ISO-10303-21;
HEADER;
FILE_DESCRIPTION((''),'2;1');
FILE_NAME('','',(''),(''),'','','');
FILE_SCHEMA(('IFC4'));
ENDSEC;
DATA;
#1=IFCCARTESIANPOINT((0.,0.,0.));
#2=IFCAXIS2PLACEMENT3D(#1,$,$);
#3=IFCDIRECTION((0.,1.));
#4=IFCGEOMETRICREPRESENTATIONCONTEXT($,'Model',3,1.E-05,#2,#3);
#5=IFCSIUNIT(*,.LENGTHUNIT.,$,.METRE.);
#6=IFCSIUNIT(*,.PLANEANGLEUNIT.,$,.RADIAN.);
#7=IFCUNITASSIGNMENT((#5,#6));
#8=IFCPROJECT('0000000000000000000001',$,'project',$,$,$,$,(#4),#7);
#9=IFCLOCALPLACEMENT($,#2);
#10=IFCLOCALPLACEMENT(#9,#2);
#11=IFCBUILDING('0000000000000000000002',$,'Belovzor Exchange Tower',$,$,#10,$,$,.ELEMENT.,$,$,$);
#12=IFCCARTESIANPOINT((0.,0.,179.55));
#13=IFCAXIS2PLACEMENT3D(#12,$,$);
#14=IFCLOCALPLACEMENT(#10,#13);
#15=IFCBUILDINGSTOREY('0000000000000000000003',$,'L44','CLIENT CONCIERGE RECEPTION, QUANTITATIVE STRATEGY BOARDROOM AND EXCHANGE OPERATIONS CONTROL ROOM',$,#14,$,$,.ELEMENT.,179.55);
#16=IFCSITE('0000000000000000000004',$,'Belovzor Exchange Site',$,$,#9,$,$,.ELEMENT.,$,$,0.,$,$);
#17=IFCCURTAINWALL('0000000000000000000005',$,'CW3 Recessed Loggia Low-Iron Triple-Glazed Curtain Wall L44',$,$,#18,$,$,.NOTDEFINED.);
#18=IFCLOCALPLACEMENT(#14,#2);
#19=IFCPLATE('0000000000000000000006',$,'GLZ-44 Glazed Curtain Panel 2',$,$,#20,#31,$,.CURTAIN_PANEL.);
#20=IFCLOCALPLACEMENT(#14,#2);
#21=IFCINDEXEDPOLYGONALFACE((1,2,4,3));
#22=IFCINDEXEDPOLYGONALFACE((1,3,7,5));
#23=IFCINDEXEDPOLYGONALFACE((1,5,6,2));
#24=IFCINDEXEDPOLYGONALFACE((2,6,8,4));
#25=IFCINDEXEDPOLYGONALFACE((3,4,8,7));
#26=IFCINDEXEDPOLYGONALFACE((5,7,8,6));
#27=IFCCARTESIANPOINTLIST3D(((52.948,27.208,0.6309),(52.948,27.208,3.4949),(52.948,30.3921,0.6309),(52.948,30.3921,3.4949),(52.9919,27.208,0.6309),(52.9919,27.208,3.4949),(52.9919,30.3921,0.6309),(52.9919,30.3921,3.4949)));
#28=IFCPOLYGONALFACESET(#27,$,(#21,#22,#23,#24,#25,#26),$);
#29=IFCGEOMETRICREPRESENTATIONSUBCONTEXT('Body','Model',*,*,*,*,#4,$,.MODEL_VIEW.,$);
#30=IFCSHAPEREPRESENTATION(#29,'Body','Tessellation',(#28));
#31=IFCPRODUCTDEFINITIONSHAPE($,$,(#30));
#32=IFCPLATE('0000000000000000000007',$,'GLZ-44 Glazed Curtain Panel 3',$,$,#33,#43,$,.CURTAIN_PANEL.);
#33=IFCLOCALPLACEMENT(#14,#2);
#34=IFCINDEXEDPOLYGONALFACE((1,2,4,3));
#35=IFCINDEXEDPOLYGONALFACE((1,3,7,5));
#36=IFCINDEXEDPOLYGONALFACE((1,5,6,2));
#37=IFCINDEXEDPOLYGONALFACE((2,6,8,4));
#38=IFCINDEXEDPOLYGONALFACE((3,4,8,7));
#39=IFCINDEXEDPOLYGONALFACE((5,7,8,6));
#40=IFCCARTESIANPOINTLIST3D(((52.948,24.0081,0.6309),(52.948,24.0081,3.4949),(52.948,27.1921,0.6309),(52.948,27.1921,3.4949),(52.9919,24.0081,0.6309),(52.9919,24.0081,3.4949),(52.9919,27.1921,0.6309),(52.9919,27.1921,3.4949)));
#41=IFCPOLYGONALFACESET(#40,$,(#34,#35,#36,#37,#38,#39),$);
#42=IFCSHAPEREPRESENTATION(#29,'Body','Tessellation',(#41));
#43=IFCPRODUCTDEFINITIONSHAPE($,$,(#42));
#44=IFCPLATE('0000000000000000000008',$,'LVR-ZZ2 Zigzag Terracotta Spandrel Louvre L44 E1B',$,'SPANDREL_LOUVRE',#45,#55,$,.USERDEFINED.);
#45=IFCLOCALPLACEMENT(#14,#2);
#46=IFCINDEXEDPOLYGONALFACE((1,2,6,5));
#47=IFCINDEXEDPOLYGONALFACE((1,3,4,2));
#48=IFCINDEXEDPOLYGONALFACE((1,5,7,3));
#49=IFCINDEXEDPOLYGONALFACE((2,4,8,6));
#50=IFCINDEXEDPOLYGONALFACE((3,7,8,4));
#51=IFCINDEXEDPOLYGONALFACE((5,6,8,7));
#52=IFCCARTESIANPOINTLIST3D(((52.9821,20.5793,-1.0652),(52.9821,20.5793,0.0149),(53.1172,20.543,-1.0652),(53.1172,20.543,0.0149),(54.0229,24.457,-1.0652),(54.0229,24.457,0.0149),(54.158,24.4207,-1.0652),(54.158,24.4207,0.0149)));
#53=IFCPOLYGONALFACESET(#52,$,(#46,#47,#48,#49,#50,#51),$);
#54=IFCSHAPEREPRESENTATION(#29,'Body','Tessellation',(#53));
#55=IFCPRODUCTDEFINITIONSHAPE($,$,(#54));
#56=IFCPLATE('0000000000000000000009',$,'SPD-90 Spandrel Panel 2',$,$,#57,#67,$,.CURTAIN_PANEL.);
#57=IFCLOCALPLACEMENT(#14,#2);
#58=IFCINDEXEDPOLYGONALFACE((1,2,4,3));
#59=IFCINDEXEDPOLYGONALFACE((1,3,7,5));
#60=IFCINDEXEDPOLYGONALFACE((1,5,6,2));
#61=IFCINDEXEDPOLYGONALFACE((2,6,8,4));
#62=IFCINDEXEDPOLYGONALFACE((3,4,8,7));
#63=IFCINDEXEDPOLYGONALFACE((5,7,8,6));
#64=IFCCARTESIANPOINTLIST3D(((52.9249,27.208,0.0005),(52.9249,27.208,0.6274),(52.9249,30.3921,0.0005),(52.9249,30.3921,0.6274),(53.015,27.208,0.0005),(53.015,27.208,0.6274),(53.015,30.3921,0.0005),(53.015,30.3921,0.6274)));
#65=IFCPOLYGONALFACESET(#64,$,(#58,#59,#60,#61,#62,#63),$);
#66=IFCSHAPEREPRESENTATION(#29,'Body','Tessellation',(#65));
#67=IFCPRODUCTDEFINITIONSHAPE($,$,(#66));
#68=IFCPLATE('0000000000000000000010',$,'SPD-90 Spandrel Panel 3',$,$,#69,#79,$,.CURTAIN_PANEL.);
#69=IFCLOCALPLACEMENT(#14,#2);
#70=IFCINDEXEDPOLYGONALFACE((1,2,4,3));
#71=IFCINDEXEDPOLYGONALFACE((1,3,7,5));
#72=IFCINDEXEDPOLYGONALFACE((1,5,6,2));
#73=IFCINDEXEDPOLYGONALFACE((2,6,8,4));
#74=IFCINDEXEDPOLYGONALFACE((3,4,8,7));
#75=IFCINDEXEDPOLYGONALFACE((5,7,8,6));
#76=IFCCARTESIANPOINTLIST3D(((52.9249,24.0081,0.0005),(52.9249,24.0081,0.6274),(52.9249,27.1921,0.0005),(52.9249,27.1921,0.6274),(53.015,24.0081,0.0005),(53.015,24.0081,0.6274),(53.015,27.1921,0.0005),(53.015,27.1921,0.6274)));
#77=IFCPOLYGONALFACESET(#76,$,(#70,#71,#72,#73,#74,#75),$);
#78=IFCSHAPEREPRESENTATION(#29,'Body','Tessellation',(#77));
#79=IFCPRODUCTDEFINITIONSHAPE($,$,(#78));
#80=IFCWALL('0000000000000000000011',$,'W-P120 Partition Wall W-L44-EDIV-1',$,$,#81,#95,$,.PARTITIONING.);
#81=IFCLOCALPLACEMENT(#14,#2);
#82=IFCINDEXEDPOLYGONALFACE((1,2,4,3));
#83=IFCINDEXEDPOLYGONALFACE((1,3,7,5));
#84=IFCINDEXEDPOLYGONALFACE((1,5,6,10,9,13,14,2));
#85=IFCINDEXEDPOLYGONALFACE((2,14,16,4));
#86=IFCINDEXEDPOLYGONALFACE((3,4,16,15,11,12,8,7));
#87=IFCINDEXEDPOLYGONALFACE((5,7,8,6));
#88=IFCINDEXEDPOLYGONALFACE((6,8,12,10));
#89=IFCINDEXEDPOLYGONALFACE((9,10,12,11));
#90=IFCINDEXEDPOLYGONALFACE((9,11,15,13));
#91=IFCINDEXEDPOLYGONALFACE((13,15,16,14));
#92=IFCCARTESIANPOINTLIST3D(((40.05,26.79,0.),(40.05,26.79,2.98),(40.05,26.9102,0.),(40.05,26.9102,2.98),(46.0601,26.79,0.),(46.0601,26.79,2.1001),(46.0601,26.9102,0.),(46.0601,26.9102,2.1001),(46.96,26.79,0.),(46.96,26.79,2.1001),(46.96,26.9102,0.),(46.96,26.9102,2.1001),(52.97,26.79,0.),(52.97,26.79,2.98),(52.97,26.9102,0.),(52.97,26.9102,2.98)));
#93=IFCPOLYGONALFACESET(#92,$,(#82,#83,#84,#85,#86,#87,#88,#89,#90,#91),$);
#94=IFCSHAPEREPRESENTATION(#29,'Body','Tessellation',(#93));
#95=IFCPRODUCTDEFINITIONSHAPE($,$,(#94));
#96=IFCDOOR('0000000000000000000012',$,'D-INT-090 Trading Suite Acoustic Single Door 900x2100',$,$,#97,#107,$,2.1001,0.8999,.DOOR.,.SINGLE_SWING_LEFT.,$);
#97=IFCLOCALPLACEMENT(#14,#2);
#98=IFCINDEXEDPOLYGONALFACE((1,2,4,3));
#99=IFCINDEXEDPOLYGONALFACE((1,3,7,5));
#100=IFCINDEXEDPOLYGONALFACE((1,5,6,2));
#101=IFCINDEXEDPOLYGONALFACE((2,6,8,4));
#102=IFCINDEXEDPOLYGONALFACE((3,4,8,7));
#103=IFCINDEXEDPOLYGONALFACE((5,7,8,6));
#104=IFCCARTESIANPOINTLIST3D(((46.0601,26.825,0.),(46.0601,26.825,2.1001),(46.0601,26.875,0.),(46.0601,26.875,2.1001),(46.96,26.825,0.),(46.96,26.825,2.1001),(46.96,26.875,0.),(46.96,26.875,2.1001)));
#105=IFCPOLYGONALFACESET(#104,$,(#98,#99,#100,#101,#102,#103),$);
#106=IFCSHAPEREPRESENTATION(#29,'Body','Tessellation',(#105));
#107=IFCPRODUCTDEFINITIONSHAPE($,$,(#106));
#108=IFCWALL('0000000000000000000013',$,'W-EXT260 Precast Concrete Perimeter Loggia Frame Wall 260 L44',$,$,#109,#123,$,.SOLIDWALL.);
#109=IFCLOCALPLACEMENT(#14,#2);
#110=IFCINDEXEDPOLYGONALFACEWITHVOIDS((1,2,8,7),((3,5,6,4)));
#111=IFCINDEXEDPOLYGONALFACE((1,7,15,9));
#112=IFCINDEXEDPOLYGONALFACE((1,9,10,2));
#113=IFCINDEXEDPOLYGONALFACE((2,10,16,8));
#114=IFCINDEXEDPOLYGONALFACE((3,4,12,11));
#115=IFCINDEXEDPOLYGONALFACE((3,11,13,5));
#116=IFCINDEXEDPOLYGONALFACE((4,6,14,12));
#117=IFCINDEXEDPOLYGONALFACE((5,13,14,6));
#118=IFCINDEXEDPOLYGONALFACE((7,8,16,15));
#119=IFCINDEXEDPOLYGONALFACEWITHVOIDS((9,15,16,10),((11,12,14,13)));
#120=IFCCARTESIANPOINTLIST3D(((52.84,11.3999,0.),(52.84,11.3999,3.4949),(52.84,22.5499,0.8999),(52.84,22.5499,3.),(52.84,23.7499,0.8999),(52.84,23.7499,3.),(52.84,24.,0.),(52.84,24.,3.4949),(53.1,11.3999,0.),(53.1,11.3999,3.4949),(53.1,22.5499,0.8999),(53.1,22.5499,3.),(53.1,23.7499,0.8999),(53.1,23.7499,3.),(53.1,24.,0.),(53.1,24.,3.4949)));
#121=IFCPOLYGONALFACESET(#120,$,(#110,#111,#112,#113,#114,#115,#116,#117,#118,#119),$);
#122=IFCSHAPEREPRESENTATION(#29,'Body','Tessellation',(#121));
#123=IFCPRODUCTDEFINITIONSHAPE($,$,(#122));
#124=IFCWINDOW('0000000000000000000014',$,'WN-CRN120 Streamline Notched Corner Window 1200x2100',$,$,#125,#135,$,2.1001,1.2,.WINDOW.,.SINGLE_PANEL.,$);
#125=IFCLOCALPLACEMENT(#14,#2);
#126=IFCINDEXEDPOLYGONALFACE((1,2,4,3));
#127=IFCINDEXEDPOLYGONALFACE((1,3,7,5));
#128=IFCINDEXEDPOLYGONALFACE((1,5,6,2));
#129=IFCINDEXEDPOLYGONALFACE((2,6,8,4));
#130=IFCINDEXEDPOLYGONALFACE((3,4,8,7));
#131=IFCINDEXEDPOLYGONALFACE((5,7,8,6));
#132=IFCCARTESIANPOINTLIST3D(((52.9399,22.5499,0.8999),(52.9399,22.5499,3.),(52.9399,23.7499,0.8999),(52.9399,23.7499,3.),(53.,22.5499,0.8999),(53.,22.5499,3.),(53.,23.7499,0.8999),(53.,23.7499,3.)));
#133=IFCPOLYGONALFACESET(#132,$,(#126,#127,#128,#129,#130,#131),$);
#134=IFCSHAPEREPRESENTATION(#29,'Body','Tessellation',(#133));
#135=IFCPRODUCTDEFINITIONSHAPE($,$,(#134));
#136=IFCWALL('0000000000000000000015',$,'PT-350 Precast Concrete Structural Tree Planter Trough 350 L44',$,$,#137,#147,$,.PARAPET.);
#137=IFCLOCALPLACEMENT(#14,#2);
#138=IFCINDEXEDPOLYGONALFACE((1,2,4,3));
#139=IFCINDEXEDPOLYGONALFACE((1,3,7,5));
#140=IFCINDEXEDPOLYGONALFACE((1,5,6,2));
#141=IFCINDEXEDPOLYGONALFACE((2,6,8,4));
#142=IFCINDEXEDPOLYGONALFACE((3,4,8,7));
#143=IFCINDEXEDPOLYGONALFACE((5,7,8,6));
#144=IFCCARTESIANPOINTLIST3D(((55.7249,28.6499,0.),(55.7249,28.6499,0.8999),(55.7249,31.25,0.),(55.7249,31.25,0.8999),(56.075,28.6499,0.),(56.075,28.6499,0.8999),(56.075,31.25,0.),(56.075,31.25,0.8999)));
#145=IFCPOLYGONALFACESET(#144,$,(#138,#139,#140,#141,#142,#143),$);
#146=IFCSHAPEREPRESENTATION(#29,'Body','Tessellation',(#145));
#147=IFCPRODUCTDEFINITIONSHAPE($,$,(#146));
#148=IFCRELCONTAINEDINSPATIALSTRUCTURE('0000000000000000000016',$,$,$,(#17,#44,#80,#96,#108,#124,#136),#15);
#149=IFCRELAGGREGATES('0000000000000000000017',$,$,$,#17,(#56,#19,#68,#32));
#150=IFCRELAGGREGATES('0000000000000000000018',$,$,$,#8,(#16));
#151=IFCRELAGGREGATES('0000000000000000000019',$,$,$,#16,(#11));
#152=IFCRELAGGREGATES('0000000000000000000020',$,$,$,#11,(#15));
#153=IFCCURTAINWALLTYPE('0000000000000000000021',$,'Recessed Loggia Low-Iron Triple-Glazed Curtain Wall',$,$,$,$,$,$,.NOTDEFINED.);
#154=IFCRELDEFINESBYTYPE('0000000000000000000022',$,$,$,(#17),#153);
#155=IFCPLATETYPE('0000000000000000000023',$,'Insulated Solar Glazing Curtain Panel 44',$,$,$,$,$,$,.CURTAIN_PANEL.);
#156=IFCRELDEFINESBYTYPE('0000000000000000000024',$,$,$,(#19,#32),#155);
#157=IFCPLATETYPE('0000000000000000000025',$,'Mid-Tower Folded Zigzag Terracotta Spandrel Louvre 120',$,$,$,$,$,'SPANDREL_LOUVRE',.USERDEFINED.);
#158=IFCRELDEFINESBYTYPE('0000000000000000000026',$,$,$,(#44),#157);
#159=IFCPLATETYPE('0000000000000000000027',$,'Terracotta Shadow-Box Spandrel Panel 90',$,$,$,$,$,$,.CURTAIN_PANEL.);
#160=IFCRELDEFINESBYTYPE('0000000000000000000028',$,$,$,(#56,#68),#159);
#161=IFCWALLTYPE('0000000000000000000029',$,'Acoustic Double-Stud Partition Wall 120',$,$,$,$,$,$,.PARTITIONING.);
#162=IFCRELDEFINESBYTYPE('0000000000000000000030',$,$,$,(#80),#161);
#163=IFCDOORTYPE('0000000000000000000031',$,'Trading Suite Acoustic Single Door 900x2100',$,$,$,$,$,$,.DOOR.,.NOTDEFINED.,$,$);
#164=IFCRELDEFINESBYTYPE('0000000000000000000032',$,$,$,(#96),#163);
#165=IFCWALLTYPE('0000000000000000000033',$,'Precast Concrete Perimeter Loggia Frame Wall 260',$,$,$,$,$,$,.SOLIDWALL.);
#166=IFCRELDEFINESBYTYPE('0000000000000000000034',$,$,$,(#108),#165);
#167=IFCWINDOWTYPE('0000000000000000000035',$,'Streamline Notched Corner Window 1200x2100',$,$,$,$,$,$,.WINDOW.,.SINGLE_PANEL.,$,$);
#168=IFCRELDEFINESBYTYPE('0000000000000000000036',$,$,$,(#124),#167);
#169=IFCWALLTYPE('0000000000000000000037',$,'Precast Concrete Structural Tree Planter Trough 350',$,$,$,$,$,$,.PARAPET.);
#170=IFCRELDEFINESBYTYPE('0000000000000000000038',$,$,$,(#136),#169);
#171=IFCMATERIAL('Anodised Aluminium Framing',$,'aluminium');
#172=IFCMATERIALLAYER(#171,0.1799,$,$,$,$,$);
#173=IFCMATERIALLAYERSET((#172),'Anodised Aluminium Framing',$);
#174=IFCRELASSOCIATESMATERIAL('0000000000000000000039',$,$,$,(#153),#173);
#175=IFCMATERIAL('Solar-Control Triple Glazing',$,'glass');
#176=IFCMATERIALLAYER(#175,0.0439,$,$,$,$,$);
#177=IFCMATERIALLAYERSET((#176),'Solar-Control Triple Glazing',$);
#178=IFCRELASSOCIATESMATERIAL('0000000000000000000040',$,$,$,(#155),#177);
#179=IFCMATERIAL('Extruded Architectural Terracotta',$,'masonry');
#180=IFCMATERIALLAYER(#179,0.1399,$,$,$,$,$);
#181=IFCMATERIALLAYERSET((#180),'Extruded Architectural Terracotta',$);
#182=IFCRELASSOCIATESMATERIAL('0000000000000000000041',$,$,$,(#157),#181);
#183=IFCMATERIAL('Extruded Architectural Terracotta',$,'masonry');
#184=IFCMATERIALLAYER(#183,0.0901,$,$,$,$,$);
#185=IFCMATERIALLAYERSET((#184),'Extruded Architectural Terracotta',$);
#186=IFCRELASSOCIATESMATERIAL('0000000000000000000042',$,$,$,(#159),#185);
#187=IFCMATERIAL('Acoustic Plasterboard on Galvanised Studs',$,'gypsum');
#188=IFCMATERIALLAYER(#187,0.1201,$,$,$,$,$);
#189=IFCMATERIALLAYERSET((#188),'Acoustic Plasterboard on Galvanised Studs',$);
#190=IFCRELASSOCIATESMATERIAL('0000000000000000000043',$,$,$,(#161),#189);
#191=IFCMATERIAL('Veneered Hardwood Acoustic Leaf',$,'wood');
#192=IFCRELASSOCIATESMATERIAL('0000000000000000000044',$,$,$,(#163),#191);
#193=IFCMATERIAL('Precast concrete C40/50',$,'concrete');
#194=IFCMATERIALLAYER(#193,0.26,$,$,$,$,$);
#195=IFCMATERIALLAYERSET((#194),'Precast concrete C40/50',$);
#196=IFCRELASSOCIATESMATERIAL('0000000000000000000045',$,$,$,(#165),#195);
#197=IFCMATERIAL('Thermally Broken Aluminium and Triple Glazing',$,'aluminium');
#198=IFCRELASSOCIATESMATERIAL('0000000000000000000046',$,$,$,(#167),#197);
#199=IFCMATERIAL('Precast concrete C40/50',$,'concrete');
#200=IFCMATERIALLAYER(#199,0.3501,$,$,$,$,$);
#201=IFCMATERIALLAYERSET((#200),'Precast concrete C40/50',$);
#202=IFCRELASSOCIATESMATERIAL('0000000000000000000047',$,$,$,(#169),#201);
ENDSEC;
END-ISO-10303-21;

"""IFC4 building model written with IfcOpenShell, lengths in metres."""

from ifc_helpers import new_model, si_unit, direction, frame, frame_2d, origin, origin_2d, place, context, subcontext, project, spatial, rectangle, extrude, material, layer, layer_set, type_object, element, fill, aggregate, save


model = new_model("IFC4")

# Units and contexts
model_context = context("Model", 3, precision=1e-05, world=origin(), true_north=direction((0.0, 1.0)))
body_context = subcontext(model_context, "Body", "Model", "MODEL_VIEW")
ifc_project = project(units=[si_unit("LENGTHUNIT", "METRE"), si_unit("PLANEANGLEUNIT", "RADIAN")], contexts=[model_context])

# Site, building, storey
site_placement = place(None, origin())
site = spatial("IfcSite", under=ifc_project, at=site_placement, Name="Belovzor Exchange Site", CompositionType="ELEMENT", RefElevation=0.0)
building_placement = place(site_placement, origin())
building = spatial("IfcBuilding", under=site, at=building_placement, Name="Belovzor Exchange Tower", CompositionType="ELEMENT")
storey_placement = place(building_placement, frame((0.0, 0.0, 179.55)))
storey = spatial("IfcBuildingStorey", under=building, at=storey_placement, Name="L44", Description="CLIENT CONCIERGE RECEPTION, QUANTITATIVE STRATEGY BOARDROOM AND EXCHANGE OPERATIONS CONTROL ROOM", CompositionType="ELEMENT", Elevation=179.55)

# Curtain wall
ifc_material_1 = material(Name="Anodised Aluminium Framing", Category="aluminium")
ifc_layer_1 = layer(ifc_material_1, 0.1799)
ifc_layer_set_1 = layer_set([ifc_layer_1], Name="Anodised Aluminium Framing")
curtain_wall_type = type_object("IfcCurtainWallType", Name="Recessed Loggia Low-Iron Triple-Glazed Curtain Wall", PredefinedType="NOTDEFINED", material=ifc_layer_set_1)
curtain_wall_placement = place(storey_placement, origin())
curtain_wall = element("IfcCurtainWall", 1, at=curtain_wall_placement, inside=storey, type_object=curtain_wall_type, Name="CW3 Recessed Loggia Low-Iron Triple-Glazed Curtain Wall L44", PredefinedType="NOTDEFINED")

# Plates
ifc_material_2 = material(Name="Solar-Control Triple Glazing", Category="glass")
ifc_layer_2 = layer(ifc_material_2, 0.0439)
ifc_layer_set_2 = layer_set([ifc_layer_2], Name="Solar-Control Triple Glazing")
plate_type_1 = type_object("IfcPlateType", Name="Insulated Solar Glazing Curtain Panel 44", PredefinedType="CURTAIN_PANEL", material=ifc_layer_set_2)
plate_1_placement = place(storey_placement, frame((52.97, 28.8, 0.6309), z_axis=(0.0, 0.0, 1.0), x_axis=(0.0, -1.0, 0.0)))
plate_1 = element("IfcPlate", 2, at=plate_1_placement, type_object=plate_type_1, Name="GLZ-44 Glazed Curtain Panel 2", PredefinedType="CURTAIN_PANEL", context=body_context, shape_type="SweptSolid", body=[
    extrude(rectangle(XDim=3.1841, YDim=0.0439, at=origin_2d()), origin(), (0.0, 0.0, 1.0), 2.864),
])
plate_2_placement = place(storey_placement, frame((52.97, 25.6001, 0.6309), z_axis=(0.0, 0.0, 1.0), x_axis=(0.0, -1.0, 0.0)))
plate_2 = element("IfcPlate", 3, at=plate_2_placement, type_object=plate_type_1, Name="GLZ-44 Glazed Curtain Panel 3", PredefinedType="CURTAIN_PANEL", context=body_context, shape_type="SweptSolid", body=[
    extrude(rectangle(XDim=3.1841, YDim=0.0439, at=origin_2d()), origin(), (0.0, 0.0, 1.0), 2.864),
])
ifc_material_3 = material(Name="Extruded Architectural Terracotta", Category="masonry")
ifc_layer_3 = layer(ifc_material_3, 0.1399)
ifc_layer_set_3 = layer_set([ifc_layer_3], Name="Extruded Architectural Terracotta")
plate_type_2 = type_object("IfcPlateType", Name="Mid-Tower Folded Zigzag Terracotta Spandrel Louvre 120", ElementType="SPANDREL_LOUVRE", PredefinedType="USERDEFINED", material=ifc_layer_set_3)
plate_3_placement = place(storey_placement, frame((53.5701, 22.5, -1.0652), z_axis=(0.0, 0.0, 1.0), x_axis=(0.25924, 0.965813, 0.0)))
element("IfcPlate", 4, at=plate_3_placement, inside=storey, type_object=plate_type_2, Name="LVR-ZZ2 Zigzag Terracotta Spandrel Louvre L44 E1B", ObjectType="SPANDREL_LOUVRE", PredefinedType="USERDEFINED", context=body_context, shape_type="SweptSolid", body=[
    extrude(rectangle(XDim=4.0149, YDim=0.1399, at=origin_2d()), origin(), (0.0, 0.0, 1.0), 1.0801),
])
ifc_material_4 = material(Name="Extruded Architectural Terracotta", Category="masonry")
ifc_layer_4 = layer(ifc_material_4, 0.0901)
ifc_layer_set_4 = layer_set([ifc_layer_4], Name="Extruded Architectural Terracotta")
plate_type_3 = type_object("IfcPlateType", Name="Terracotta Shadow-Box Spandrel Panel 90", PredefinedType="CURTAIN_PANEL", material=ifc_layer_set_4)
plate_4_placement = place(storey_placement, frame((52.97, 28.8, 0.0005), z_axis=(0.0, 0.0, 1.0), x_axis=(0.0, -1.0, 0.0)))
plate_4 = element("IfcPlate", 5, at=plate_4_placement, type_object=plate_type_3, Name="SPD-90 Spandrel Panel 2", PredefinedType="CURTAIN_PANEL", context=body_context, shape_type="SweptSolid", body=[
    extrude(rectangle(XDim=3.1841, YDim=0.0901, at=origin_2d()), origin(), (0.0, 0.0, 1.0), 0.627),
])
plate_5_placement = place(storey_placement, frame((52.97, 25.6001, 0.0005), z_axis=(0.0, 0.0, 1.0), x_axis=(0.0, -1.0, 0.0)))
plate_5 = element("IfcPlate", 6, at=plate_5_placement, type_object=plate_type_3, Name="SPD-90 Spandrel Panel 3", PredefinedType="CURTAIN_PANEL", context=body_context, shape_type="SweptSolid", body=[
    extrude(rectangle(XDim=3.1841, YDim=0.0901, at=origin_2d()), origin(), (0.0, 0.0, 1.0), 0.627),
])
aggregate(curtain_wall, [plate_4, plate_1, plate_5, plate_2])

# Wall, opening, door
ifc_material_5 = material(Name="Acoustic Plasterboard on Galvanised Studs", Category="gypsum")
ifc_layer_5 = layer(ifc_material_5, 0.1201)
ifc_layer_set_5 = layer_set([ifc_layer_5], Name="Acoustic Plasterboard on Galvanised Studs")
wall_type_1 = type_object("IfcWallType", Name="Acoustic Double-Stud Partition Wall 120", PredefinedType="PARTITIONING", material=ifc_layer_set_5)
wall_1_placement = place(storey_placement, frame((40.05, 26.8501, 0.0), z_axis=(0.0, 0.0, 1.0), x_axis=(1.0, 0.0, 0.0)))
wall_1 = element("IfcWall", 7, at=wall_1_placement, inside=storey, type_object=wall_type_1, Name="W-P120 Partition Wall W-L44-EDIV-1", PredefinedType="PARTITIONING", context=body_context, shape_type="SweptSolid", body=[
    extrude(rectangle(XDim=12.9199, YDim=0.1201, at=frame_2d((6.46, 0.0))), origin(), (0.0, 0.0, 1.0), 2.98),
])
opening_1_placement = place(wall_1_placement, frame((6.01, 0.0, 0.0)))
opening_1 = element("IfcOpeningElement", 8, at=opening_1_placement, cuts=wall_1, PredefinedType="OPENING", context=body_context, shape_type="SweptSolid", body=[
    extrude(rectangle(XDim=0.8999, YDim=2.1001, at=frame_2d((0.45, 1.05))), frame((0.0, 0.0701, 0.0), z_axis=(0.0, -1.0, 0.0), x_axis=(1.0, 0.0, 0.0)), (0.0, 0.0, 1.0), 0.1401),
])
ifc_material_6 = material(Name="Veneered Hardwood Acoustic Leaf", Category="wood")
door_type = type_object("IfcDoorType", Name="Trading Suite Acoustic Single Door 900x2100", OperationType="NOTDEFINED", PredefinedType="DOOR", material=ifc_material_6)
door_placement = place(opening_1_placement, origin())
door = element("IfcDoor", 9, at=door_placement, inside=storey, type_object=door_type, Name="D-INT-090 Trading Suite Acoustic Single Door 900x2100", OperationType="SINGLE_SWING_LEFT", OverallHeight=2.1001, OverallWidth=0.8999, PredefinedType="DOOR", context=body_context, shape_type="SweptSolid", body=[
    extrude(rectangle(XDim=0.8999, YDim=2.1001, at=frame_2d((0.45, 1.05))), frame((0.0, 0.0249, 0.0), z_axis=(0.0, -1.0, 0.0), x_axis=(1.0, 0.0, 0.0)), (0.0, 0.0, 1.0), 0.05),
])
fill(opening_1, door)

# Wall, opening, window
ifc_material_7 = material(Name="Precast concrete C40/50", Category="concrete")
ifc_layer_6 = layer(ifc_material_7, 0.26)
ifc_layer_set_6 = layer_set([ifc_layer_6], Name="Precast concrete C40/50")
wall_type_2 = type_object("IfcWallType", Name="Precast Concrete Perimeter Loggia Frame Wall 260", PredefinedType="SOLIDWALL", material=ifc_layer_set_6)
wall_2_placement = place(storey_placement, frame((52.97, 24.0, 0.0), z_axis=(0.0, 0.0, 1.0), x_axis=(0.0, -1.0, 0.0)))
wall_2 = element("IfcWall", 10, at=wall_2_placement, inside=storey, type_object=wall_type_2, Name="W-EXT260 Precast Concrete Perimeter Loggia Frame Wall 260 L44", PredefinedType="SOLIDWALL", context=body_context, shape_type="SweptSolid", body=[
    extrude(rectangle(XDim=12.6001, YDim=0.26, at=frame_2d((6.3, 0.0))), origin(), (0.0, 0.0, 1.0), 3.4949),
])
opening_2_placement = place(wall_2_placement, frame((0.25, 0.0, 0.8999)))
opening_2 = element("IfcOpeningElement", 11, at=opening_2_placement, cuts=wall_2, PredefinedType="OPENING", context=body_context, shape_type="SweptSolid", body=[
    extrude(rectangle(XDim=1.2, YDim=2.1001, at=frame_2d((0.6001, 1.05))), frame((0.0, 0.1399, 0.0), z_axis=(0.0, -1.0, 0.0), x_axis=(1.0, 0.0, 0.0)), (0.0, 0.0, 1.0), 0.28),
])
ifc_material_8 = material(Name="Thermally Broken Aluminium and Triple Glazing", Category="aluminium")
window_type = type_object("IfcWindowType", Name="Streamline Notched Corner Window 1200x2100", PartitioningType="SINGLE_PANEL", PredefinedType="WINDOW", material=ifc_material_8)
window_placement = place(opening_2_placement, origin())
window = element("IfcWindow", 12, at=window_placement, inside=storey, type_object=window_type, Name="WN-CRN120 Streamline Notched Corner Window 1200x2100", OverallHeight=2.1001, OverallWidth=1.2, PartitioningType="SINGLE_PANEL", PredefinedType="WINDOW", context=body_context, shape_type="SweptSolid", body=[
    extrude(rectangle(XDim=1.2, YDim=2.1001, at=frame_2d((0.6001, 1.05))), frame((0.0, 0.03, 0.0), z_axis=(0.0, -1.0, 0.0), x_axis=(1.0, 0.0, 0.0)), (0.0, 0.0, 1.0), 0.0601),
])
fill(opening_2, window)

# Wall
ifc_material_9 = material(Name="Precast concrete C40/50", Category="concrete")
ifc_layer_7 = layer(ifc_material_9, 0.3501)
ifc_layer_set_7 = layer_set([ifc_layer_7], Name="Precast concrete C40/50")
wall_type_3 = type_object("IfcWallType", Name="Precast Concrete Structural Tree Planter Trough 350", PredefinedType="PARAPET", material=ifc_layer_set_7)
wall_3_placement = place(storey_placement, frame((55.8999, 28.6499, 0.0), z_axis=(0.0, 0.0, 1.0), x_axis=(0.0, 1.0, 0.0)))
element("IfcWall", 13, at=wall_3_placement, inside=storey, type_object=wall_type_3, Name="PT-350 Precast Concrete Structural Tree Planter Trough 350 L44", PredefinedType="PARAPET", context=body_context, shape_type="SweptSolid", body=[
    extrude(rectangle(XDim=2.6001, YDim=0.3501, at=frame_2d((1.3, 0.0))), origin(), (0.0, 0.0, 1.0), 0.8999),
])

save(model, "model.ifc")
